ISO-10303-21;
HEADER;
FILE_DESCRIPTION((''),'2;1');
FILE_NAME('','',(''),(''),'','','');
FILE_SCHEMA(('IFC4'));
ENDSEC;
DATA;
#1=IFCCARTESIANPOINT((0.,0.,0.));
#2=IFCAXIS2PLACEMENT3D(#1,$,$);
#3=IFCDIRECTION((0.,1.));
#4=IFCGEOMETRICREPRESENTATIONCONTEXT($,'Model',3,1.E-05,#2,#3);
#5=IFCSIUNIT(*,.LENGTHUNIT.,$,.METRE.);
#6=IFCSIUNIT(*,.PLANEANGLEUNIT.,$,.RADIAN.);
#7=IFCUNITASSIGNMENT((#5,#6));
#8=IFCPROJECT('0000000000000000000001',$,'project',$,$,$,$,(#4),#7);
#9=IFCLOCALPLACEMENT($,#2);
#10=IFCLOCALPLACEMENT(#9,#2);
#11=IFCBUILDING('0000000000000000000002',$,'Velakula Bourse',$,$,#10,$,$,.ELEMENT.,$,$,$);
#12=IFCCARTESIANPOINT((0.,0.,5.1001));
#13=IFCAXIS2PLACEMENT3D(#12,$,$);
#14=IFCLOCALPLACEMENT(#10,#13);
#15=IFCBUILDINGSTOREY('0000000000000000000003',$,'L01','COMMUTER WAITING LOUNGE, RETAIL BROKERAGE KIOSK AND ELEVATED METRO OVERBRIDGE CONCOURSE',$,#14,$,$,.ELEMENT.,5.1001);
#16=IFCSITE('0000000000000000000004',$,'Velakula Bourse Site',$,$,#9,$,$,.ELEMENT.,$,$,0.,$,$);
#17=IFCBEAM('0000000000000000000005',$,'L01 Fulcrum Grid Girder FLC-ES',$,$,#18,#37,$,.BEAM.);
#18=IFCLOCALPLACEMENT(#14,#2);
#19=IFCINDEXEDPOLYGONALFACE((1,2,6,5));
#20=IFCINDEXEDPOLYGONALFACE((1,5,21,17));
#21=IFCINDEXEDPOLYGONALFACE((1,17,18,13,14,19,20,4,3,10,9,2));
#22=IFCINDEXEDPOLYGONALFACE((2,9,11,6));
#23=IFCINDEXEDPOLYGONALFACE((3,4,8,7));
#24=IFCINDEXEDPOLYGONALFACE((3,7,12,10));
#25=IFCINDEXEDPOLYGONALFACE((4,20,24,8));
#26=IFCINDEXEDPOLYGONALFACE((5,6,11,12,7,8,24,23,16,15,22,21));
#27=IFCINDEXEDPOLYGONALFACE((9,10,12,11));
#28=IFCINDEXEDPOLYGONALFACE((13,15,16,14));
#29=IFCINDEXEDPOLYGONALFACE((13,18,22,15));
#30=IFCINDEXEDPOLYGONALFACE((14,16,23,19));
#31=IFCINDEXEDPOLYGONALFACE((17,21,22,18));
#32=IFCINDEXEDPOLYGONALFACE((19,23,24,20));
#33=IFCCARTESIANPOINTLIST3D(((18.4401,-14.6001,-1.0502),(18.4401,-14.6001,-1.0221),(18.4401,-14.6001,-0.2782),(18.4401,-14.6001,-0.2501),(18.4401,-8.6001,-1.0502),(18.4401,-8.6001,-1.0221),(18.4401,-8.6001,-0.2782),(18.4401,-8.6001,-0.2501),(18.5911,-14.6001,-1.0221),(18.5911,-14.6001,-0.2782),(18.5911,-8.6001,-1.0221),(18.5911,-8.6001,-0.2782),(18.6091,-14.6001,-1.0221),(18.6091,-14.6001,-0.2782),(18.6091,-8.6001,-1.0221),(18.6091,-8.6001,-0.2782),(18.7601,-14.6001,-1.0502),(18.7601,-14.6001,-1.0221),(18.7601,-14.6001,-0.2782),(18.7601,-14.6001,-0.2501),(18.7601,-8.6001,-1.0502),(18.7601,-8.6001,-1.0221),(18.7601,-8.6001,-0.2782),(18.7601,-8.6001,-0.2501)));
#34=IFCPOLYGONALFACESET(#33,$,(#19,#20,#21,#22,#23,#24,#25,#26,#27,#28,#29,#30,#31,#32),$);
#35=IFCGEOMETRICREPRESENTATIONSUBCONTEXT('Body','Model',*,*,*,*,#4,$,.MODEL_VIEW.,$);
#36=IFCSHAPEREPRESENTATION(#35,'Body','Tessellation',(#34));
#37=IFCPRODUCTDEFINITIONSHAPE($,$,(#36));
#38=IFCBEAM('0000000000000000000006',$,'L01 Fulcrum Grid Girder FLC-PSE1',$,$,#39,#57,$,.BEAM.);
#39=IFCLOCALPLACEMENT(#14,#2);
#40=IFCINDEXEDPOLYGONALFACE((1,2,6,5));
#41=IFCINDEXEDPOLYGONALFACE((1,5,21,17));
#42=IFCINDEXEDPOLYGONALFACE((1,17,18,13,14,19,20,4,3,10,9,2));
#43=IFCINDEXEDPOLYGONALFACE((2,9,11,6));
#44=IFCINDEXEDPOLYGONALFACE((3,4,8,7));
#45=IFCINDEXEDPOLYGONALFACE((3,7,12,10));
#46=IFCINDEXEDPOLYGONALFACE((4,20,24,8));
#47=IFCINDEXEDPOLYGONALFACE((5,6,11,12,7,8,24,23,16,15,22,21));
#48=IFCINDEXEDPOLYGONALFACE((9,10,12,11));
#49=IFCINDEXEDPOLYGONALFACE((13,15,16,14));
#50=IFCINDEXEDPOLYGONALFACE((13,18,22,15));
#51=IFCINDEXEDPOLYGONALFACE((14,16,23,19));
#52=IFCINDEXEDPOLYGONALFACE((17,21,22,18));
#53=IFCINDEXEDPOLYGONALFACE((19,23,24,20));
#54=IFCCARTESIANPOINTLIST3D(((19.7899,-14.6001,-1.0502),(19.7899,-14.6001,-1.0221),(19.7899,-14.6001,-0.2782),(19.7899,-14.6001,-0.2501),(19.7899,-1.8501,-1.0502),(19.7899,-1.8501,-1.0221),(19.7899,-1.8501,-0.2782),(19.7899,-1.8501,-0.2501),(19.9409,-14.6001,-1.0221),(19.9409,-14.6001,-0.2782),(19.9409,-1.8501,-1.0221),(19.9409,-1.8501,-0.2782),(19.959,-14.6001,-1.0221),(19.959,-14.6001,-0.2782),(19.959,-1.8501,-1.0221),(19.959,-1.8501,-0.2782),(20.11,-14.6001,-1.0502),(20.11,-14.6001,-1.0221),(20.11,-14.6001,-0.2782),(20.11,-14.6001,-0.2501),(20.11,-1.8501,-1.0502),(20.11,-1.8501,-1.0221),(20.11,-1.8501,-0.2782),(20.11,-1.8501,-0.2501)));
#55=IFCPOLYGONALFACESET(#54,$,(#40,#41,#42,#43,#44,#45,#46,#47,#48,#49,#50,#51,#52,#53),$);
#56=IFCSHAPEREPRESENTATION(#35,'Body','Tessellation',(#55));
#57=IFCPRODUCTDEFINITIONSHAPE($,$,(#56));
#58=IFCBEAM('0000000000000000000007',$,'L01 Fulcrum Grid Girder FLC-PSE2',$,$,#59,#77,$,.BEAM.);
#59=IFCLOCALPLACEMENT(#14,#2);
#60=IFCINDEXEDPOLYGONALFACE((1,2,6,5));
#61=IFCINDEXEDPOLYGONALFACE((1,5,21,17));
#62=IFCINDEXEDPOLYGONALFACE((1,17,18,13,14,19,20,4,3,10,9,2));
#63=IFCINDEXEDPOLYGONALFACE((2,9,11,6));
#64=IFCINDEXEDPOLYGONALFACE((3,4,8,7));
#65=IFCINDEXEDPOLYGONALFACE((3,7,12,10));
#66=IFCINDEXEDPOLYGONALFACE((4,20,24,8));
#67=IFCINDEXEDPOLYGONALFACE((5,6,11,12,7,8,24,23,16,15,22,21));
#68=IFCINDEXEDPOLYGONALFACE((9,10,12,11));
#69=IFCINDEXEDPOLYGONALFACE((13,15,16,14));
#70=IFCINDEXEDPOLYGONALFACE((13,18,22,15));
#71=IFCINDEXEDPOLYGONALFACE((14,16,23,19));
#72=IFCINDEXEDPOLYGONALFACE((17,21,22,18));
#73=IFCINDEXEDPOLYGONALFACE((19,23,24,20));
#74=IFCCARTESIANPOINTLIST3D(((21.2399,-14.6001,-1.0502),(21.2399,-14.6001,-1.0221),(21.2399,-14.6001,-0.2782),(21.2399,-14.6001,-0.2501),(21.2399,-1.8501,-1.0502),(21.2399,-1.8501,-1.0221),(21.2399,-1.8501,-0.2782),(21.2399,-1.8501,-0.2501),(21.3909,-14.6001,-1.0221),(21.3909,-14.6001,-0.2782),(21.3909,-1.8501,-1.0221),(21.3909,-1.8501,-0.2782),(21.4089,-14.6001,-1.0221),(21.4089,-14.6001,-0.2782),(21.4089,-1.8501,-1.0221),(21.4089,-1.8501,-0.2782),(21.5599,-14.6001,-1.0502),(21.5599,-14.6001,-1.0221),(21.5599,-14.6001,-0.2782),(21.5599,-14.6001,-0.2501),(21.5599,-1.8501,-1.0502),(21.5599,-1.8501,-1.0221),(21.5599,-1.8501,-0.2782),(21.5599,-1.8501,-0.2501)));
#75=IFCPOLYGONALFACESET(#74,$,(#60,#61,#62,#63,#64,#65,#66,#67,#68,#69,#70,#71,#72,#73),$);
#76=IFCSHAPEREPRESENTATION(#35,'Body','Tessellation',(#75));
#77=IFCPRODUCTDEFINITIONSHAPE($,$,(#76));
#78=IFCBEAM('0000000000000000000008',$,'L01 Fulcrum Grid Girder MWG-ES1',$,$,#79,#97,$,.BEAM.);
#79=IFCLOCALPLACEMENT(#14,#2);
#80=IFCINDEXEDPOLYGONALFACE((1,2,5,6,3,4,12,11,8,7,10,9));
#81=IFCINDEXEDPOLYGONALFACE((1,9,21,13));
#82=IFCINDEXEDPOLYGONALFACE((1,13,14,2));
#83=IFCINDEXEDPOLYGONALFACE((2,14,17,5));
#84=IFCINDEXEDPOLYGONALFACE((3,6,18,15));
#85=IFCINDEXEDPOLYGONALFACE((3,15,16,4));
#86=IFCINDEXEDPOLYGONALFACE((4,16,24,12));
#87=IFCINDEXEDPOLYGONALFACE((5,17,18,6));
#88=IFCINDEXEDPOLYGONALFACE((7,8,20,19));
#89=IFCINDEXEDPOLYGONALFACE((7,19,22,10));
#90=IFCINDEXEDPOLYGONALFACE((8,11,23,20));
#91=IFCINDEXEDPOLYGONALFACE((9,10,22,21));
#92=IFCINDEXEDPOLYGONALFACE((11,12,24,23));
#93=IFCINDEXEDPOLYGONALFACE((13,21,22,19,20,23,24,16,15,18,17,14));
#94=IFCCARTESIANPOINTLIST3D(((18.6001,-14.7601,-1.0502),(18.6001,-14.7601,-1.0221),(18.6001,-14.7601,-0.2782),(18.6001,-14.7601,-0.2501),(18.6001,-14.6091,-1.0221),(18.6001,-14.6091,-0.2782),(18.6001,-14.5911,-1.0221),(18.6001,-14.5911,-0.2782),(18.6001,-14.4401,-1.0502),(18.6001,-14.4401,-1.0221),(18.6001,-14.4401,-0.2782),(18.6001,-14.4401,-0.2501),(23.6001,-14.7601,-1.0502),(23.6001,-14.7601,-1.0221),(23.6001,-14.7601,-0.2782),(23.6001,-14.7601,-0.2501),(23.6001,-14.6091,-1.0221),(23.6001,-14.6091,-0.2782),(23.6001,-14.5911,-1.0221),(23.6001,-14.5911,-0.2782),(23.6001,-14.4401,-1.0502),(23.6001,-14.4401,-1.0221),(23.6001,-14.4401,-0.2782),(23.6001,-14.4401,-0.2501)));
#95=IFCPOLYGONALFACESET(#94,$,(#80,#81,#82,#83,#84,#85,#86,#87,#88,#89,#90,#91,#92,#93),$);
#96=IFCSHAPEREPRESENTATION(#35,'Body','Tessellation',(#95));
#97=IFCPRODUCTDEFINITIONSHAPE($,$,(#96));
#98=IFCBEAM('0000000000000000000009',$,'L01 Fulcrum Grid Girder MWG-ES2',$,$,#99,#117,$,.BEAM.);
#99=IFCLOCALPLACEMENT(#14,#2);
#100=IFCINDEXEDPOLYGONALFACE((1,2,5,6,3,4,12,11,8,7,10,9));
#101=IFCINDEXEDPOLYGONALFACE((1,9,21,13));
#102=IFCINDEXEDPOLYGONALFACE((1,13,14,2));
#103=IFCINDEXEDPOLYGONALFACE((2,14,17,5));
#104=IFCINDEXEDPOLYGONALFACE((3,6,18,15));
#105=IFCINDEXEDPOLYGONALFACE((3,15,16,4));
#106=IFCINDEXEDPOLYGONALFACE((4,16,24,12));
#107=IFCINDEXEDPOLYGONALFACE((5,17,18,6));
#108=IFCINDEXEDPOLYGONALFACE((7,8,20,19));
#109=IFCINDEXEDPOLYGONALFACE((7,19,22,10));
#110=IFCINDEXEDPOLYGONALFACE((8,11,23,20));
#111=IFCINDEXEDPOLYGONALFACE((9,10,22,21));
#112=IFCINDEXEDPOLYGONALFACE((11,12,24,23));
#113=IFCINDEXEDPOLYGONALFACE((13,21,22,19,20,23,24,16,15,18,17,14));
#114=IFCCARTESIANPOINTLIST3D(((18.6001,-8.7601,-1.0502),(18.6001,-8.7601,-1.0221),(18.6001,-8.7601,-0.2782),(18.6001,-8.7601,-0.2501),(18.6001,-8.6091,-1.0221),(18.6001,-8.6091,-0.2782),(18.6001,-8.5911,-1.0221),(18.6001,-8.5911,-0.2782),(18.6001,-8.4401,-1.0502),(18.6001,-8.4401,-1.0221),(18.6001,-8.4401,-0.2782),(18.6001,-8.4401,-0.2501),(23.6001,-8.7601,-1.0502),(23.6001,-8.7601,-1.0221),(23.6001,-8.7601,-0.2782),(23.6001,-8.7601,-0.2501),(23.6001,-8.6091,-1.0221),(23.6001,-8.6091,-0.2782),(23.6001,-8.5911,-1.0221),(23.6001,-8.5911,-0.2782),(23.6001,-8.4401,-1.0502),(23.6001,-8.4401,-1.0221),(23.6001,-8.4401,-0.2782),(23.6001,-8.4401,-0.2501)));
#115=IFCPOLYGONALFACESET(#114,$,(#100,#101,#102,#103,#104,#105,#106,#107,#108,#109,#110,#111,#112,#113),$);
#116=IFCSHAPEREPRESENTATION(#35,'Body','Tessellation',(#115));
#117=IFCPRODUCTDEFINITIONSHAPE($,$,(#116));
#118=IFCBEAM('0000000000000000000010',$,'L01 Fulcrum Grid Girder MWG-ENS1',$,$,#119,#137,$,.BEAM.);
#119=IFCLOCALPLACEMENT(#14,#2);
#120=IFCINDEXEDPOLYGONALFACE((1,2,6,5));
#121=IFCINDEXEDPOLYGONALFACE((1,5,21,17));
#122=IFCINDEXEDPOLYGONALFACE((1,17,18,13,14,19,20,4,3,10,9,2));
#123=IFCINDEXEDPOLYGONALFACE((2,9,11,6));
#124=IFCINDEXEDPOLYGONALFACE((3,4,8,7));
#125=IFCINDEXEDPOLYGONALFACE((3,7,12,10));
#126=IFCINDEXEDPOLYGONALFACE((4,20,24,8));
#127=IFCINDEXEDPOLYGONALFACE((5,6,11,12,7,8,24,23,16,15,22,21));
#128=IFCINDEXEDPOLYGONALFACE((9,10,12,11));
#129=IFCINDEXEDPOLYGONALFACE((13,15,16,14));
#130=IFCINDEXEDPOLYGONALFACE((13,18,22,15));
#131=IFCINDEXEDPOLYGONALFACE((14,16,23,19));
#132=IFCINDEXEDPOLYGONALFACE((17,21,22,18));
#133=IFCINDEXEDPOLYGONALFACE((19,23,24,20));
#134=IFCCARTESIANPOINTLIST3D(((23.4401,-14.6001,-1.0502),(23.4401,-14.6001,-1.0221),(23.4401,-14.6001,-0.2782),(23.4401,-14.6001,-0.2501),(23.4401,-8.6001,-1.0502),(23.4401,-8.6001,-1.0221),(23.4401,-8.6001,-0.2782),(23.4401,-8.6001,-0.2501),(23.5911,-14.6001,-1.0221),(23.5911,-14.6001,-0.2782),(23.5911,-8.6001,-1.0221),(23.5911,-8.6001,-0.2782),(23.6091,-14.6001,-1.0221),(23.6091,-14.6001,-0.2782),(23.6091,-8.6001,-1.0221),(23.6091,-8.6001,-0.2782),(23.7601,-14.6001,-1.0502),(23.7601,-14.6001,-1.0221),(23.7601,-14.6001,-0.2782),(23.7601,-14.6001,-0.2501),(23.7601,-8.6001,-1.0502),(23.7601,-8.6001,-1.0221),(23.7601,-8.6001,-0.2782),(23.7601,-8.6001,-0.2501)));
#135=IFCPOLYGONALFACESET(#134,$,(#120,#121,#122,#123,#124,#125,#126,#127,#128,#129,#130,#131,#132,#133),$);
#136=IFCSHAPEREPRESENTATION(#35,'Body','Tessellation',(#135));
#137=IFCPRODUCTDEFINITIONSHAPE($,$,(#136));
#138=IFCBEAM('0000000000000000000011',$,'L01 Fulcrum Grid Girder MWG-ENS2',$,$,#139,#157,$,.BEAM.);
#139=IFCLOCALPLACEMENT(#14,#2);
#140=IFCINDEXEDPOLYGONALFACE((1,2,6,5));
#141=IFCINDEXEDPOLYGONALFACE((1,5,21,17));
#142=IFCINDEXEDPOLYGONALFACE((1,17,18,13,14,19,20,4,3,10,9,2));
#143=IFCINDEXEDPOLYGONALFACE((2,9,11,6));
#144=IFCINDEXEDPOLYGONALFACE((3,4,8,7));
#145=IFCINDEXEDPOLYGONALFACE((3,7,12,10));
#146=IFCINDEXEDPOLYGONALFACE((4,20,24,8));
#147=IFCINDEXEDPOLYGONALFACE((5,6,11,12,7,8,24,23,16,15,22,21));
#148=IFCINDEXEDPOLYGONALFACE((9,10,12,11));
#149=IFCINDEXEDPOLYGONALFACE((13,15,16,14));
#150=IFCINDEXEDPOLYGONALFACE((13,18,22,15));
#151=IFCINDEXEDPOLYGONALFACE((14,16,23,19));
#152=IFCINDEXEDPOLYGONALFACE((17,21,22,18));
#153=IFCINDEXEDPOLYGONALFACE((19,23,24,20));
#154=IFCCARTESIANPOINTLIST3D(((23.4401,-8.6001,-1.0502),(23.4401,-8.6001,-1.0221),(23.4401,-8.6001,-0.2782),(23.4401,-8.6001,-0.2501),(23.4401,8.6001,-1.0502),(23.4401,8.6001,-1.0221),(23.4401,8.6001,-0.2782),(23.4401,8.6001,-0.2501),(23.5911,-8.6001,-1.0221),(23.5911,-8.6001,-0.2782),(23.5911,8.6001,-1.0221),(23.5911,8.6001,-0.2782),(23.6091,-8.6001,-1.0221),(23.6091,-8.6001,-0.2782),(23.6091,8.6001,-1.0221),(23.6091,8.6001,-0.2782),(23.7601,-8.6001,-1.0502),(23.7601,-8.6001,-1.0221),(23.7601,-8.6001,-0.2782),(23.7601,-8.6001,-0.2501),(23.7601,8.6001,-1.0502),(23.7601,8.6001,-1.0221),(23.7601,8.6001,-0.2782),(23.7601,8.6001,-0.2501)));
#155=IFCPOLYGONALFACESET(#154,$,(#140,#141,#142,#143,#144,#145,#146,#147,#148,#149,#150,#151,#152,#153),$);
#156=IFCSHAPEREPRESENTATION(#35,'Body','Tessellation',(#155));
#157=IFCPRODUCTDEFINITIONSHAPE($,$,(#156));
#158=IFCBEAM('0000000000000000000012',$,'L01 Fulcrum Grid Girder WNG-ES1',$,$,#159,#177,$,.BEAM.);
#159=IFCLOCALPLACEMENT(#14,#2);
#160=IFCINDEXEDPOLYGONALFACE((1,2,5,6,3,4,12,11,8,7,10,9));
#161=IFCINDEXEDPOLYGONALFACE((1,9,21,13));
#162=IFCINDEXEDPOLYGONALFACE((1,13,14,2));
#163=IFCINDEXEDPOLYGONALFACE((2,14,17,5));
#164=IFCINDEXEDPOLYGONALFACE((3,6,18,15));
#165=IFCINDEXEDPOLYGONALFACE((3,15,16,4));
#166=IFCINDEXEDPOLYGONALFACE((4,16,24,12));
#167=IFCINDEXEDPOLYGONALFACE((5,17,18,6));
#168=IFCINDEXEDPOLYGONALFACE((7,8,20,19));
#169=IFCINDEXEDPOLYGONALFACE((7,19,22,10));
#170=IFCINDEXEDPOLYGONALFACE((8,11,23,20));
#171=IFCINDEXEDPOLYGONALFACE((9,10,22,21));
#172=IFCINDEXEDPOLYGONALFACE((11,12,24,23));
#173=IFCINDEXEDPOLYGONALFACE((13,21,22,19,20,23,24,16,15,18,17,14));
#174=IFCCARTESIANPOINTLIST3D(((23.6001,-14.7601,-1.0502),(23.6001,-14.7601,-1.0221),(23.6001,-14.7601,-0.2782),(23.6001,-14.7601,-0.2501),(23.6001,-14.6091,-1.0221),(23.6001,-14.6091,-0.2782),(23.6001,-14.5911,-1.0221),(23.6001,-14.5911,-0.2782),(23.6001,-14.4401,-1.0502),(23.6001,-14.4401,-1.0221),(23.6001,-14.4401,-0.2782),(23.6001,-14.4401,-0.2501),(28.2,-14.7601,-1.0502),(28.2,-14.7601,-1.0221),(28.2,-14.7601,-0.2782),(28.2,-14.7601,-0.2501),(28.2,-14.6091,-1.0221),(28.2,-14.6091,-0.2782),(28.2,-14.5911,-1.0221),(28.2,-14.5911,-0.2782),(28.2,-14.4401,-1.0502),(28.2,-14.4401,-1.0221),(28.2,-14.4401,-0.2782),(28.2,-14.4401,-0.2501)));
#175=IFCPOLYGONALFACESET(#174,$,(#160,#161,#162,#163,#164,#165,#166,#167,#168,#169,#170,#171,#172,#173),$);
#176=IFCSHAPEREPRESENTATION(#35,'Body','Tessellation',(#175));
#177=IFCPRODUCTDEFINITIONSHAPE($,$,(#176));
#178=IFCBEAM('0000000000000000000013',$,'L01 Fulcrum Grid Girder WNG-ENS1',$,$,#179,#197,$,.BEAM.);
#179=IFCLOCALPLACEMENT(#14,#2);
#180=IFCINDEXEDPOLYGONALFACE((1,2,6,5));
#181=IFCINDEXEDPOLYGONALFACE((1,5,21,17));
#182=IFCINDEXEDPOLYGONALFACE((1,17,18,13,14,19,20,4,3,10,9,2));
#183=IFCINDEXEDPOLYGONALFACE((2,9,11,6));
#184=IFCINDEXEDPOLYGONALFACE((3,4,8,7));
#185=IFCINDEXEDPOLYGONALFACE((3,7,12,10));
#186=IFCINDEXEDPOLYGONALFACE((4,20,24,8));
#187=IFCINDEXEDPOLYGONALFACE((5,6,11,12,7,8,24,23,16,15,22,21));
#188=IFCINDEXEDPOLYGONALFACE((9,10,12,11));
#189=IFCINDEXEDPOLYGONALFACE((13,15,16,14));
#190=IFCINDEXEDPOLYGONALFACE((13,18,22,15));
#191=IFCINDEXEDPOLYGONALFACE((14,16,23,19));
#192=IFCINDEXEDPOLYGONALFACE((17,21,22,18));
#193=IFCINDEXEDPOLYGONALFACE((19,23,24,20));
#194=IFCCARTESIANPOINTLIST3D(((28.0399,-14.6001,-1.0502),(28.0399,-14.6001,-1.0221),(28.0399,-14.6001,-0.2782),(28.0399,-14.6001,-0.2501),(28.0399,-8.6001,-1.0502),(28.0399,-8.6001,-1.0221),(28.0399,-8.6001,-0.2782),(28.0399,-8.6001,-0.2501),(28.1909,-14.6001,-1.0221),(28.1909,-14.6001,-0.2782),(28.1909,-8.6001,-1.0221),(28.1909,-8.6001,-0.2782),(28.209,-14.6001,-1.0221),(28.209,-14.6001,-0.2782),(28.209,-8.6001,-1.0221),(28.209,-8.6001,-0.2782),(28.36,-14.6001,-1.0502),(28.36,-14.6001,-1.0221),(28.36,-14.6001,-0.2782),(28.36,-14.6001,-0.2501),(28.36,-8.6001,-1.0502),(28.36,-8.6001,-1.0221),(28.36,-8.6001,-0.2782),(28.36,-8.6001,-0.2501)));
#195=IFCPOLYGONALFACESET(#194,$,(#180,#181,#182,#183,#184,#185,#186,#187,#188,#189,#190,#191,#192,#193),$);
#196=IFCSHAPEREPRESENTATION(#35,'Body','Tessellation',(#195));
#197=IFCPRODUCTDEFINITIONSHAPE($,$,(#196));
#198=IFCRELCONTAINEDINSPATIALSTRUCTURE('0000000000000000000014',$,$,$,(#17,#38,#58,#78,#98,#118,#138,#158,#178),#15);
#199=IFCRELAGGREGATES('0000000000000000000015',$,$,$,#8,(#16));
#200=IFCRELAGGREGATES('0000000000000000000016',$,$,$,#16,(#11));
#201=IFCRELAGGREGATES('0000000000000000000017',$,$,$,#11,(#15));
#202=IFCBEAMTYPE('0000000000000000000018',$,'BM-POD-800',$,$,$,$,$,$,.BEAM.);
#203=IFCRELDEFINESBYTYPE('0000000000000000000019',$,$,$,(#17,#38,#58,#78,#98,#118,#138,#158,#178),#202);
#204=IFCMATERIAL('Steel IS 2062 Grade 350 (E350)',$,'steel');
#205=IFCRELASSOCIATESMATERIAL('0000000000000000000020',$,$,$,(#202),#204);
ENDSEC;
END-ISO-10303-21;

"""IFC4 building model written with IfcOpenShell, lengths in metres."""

from ifc_helpers import new_model, si_unit, direction, frame, origin, origin_2d, place, context, subcontext, project, spatial, i_section, extrude, material, material_profile, profile_set, type_object, element, save


model = new_model("IFC4")

# Units and contexts
model_context = context("Model", 3, precision=1e-05, world=origin(), true_north=direction((0.0, 1.0)))
body_context = subcontext(model_context, "Body", "Model", "MODEL_VIEW")
ifc_project = project(units=[si_unit("LENGTHUNIT", "METRE"), si_unit("PLANEANGLEUNIT", "RADIAN")], contexts=[model_context])

# Site, building, storey
site_placement = place(None, origin())
site = spatial("IfcSite", under=ifc_project, at=site_placement, Name="Velakula Bourse Site", CompositionType="ELEMENT", RefElevation=0.0)
building_placement = place(site_placement, origin())
building = spatial("IfcBuilding", under=site, at=building_placement, Name="Velakula Bourse", CompositionType="ELEMENT")
storey_placement = place(building_placement, frame((0.0, 0.0, 5.1001)))
storey = spatial("IfcBuildingStorey", under=building, at=storey_placement, Name="L01", Description="COMMUTER WAITING LOUNGE, RETAIL BROKERAGE KIOSK AND ELEVATED METRO OVERBRIDGE CONCOURSE", CompositionType="ELEMENT", Elevation=5.1001)

# Beams
ifc_material_1 = material(Name="Steel IS 2062 Grade 350 (E350)", Category="steel")
ifc_material_profile_1 = material_profile(ifc_material_1, i_section(OverallWidth=0.3201, OverallDepth=0.8, WebThickness=0.0181, FlangeThickness=0.0281, at=origin_2d()), Name="Steel IS 2062 Grade 350 (E350)")
ifc_profile_set_1 = profile_set([ifc_material_profile_1], Name="Steel IS 2062 Grade 350 (E350)")
beam_type_1 = type_object("IfcBeamType", Name="BM-POD-800", PredefinedType="BEAM", material=ifc_profile_set_1)
beam_1_placement = place(storey_placement, frame((18.6001, -14.6001, -0.6501), z_axis=(0.0, 1.0, 0.0), x_axis=(-1.0, 0.0, 0.0)))
element("IfcBeam", 1, at=beam_1_placement, inside=storey, type_object=beam_type_1, Name="L01 Fulcrum Grid Girder FLC-ES", PredefinedType="BEAM", context=body_context, shape_type="SweptSolid", body=[
    extrude(i_section(OverallWidth=0.3201, OverallDepth=0.8, WebThickness=0.0181, FlangeThickness=0.0281, at=origin_2d()), origin(), (0.0, 0.0, 1.0), 6.0),
])
for number, where, z_axis, x_axis, name in (
    (2, (19.95, -14.6001, -0.6501), (0.0, 1.0, 0.0), (-1.0, 0.0, 0.0), "L01 Fulcrum Grid Girder FLC-PSE1"),
    (3, (21.3999, -14.6001, -0.6501), (0.0, 1.0, 0.0), (-1.0, 0.0, 0.0), "L01 Fulcrum Grid Girder FLC-PSE2"),
):
    element("IfcBeam", number, at=place(storey_placement, frame(where, z_axis=z_axis, x_axis=x_axis)), inside=storey, type_object=beam_type_1, Name=name, PredefinedType="BEAM", context=body_context, shape_type="SweptSolid", body=[
        extrude(i_section(OverallWidth=0.3201, OverallDepth=0.8, WebThickness=0.0181, FlangeThickness=0.0281, at=origin_2d()), origin(), (0.0, 0.0, 1.0), 12.75),
    ])
for number, where, z_axis, x_axis, name in (
    (4, (18.6001, -14.6001, -0.6501), (1.0, 0.0, 0.0), (0.0, 1.0, 0.0), "L01 Fulcrum Grid Girder MWG-ES1"),
    (5, (18.6001, -8.6001, -0.6501), (1.0, 0.0, 0.0), (0.0, 1.0, 0.0), "L01 Fulcrum Grid Girder MWG-ES2"),
):
    element("IfcBeam", number, at=place(storey_placement, frame(where, z_axis=z_axis, x_axis=x_axis)), inside=storey, type_object=beam_type_1, Name=name, PredefinedType="BEAM", context=body_context, shape_type="SweptSolid", body=[
        extrude(i_section(OverallWidth=0.3201, OverallDepth=0.8, WebThickness=0.0181, FlangeThickness=0.0281, at=origin_2d()), origin(), (0.0, 0.0, 1.0), 5.0),
    ])
beam_2_placement = place(storey_placement, frame((23.6001, -14.6001, -0.6501), z_axis=(0.0, 1.0, 0.0), x_axis=(-1.0, 0.0, 0.0)))
element("IfcBeam", 6, at=beam_2_placement, inside=storey, type_object=beam_type_1, Name="L01 Fulcrum Grid Girder MWG-ENS1", PredefinedType="BEAM", context=body_context, shape_type="SweptSolid", body=[
    extrude(i_section(OverallWidth=0.3201, OverallDepth=0.8, WebThickness=0.0181, FlangeThickness=0.0281, at=origin_2d()), origin(), (0.0, 0.0, 1.0), 6.0),
])
beam_3_placement = place(storey_placement, frame((23.6001, -8.6001, -0.6501), z_axis=(0.0, 1.0, 0.0), x_axis=(-1.0, 0.0, 0.0)))
element("IfcBeam", 7, at=beam_3_placement, inside=storey, type_object=beam_type_1, Name="L01 Fulcrum Grid Girder MWG-ENS2", PredefinedType="BEAM", context=body_context, shape_type="SweptSolid", body=[
    extrude(i_section(OverallWidth=0.3201, OverallDepth=0.8, WebThickness=0.0181, FlangeThickness=0.0281, at=origin_2d()), origin(), (0.0, 0.0, 1.0), 17.2002),
])
beam_4_placement = place(storey_placement, frame((23.6001, -14.6001, -0.6501), z_axis=(1.0, 0.0, 0.0), x_axis=(0.0, 1.0, 0.0)))
element("IfcBeam", 8, at=beam_4_placement, inside=storey, type_object=beam_type_1, Name="L01 Fulcrum Grid Girder WNG-ES1", PredefinedType="BEAM", context=body_context, shape_type="SweptSolid", body=[
    extrude(i_section(OverallWidth=0.3201, OverallDepth=0.8, WebThickness=0.0181, FlangeThickness=0.0281, at=origin_2d()), origin(), (0.0, 0.0, 1.0), 4.5999),
])
beam_5_placement = place(storey_placement, frame((28.2, -14.6001, -0.6501), z_axis=(0.0, 1.0, 0.0), x_axis=(-1.0, 0.0, 0.0)))
element("IfcBeam", 9, at=beam_5_placement, inside=storey, type_object=beam_type_1, Name="L01 Fulcrum Grid Girder WNG-ENS1", PredefinedType="BEAM", context=body_context, shape_type="SweptSolid", body=[
    extrude(i_section(OverallWidth=0.3201, OverallDepth=0.8, WebThickness=0.0181, FlangeThickness=0.0281, at=origin_2d()), origin(), (0.0, 0.0, 1.0), 6.0),
])

save(model, "model.ifc")
